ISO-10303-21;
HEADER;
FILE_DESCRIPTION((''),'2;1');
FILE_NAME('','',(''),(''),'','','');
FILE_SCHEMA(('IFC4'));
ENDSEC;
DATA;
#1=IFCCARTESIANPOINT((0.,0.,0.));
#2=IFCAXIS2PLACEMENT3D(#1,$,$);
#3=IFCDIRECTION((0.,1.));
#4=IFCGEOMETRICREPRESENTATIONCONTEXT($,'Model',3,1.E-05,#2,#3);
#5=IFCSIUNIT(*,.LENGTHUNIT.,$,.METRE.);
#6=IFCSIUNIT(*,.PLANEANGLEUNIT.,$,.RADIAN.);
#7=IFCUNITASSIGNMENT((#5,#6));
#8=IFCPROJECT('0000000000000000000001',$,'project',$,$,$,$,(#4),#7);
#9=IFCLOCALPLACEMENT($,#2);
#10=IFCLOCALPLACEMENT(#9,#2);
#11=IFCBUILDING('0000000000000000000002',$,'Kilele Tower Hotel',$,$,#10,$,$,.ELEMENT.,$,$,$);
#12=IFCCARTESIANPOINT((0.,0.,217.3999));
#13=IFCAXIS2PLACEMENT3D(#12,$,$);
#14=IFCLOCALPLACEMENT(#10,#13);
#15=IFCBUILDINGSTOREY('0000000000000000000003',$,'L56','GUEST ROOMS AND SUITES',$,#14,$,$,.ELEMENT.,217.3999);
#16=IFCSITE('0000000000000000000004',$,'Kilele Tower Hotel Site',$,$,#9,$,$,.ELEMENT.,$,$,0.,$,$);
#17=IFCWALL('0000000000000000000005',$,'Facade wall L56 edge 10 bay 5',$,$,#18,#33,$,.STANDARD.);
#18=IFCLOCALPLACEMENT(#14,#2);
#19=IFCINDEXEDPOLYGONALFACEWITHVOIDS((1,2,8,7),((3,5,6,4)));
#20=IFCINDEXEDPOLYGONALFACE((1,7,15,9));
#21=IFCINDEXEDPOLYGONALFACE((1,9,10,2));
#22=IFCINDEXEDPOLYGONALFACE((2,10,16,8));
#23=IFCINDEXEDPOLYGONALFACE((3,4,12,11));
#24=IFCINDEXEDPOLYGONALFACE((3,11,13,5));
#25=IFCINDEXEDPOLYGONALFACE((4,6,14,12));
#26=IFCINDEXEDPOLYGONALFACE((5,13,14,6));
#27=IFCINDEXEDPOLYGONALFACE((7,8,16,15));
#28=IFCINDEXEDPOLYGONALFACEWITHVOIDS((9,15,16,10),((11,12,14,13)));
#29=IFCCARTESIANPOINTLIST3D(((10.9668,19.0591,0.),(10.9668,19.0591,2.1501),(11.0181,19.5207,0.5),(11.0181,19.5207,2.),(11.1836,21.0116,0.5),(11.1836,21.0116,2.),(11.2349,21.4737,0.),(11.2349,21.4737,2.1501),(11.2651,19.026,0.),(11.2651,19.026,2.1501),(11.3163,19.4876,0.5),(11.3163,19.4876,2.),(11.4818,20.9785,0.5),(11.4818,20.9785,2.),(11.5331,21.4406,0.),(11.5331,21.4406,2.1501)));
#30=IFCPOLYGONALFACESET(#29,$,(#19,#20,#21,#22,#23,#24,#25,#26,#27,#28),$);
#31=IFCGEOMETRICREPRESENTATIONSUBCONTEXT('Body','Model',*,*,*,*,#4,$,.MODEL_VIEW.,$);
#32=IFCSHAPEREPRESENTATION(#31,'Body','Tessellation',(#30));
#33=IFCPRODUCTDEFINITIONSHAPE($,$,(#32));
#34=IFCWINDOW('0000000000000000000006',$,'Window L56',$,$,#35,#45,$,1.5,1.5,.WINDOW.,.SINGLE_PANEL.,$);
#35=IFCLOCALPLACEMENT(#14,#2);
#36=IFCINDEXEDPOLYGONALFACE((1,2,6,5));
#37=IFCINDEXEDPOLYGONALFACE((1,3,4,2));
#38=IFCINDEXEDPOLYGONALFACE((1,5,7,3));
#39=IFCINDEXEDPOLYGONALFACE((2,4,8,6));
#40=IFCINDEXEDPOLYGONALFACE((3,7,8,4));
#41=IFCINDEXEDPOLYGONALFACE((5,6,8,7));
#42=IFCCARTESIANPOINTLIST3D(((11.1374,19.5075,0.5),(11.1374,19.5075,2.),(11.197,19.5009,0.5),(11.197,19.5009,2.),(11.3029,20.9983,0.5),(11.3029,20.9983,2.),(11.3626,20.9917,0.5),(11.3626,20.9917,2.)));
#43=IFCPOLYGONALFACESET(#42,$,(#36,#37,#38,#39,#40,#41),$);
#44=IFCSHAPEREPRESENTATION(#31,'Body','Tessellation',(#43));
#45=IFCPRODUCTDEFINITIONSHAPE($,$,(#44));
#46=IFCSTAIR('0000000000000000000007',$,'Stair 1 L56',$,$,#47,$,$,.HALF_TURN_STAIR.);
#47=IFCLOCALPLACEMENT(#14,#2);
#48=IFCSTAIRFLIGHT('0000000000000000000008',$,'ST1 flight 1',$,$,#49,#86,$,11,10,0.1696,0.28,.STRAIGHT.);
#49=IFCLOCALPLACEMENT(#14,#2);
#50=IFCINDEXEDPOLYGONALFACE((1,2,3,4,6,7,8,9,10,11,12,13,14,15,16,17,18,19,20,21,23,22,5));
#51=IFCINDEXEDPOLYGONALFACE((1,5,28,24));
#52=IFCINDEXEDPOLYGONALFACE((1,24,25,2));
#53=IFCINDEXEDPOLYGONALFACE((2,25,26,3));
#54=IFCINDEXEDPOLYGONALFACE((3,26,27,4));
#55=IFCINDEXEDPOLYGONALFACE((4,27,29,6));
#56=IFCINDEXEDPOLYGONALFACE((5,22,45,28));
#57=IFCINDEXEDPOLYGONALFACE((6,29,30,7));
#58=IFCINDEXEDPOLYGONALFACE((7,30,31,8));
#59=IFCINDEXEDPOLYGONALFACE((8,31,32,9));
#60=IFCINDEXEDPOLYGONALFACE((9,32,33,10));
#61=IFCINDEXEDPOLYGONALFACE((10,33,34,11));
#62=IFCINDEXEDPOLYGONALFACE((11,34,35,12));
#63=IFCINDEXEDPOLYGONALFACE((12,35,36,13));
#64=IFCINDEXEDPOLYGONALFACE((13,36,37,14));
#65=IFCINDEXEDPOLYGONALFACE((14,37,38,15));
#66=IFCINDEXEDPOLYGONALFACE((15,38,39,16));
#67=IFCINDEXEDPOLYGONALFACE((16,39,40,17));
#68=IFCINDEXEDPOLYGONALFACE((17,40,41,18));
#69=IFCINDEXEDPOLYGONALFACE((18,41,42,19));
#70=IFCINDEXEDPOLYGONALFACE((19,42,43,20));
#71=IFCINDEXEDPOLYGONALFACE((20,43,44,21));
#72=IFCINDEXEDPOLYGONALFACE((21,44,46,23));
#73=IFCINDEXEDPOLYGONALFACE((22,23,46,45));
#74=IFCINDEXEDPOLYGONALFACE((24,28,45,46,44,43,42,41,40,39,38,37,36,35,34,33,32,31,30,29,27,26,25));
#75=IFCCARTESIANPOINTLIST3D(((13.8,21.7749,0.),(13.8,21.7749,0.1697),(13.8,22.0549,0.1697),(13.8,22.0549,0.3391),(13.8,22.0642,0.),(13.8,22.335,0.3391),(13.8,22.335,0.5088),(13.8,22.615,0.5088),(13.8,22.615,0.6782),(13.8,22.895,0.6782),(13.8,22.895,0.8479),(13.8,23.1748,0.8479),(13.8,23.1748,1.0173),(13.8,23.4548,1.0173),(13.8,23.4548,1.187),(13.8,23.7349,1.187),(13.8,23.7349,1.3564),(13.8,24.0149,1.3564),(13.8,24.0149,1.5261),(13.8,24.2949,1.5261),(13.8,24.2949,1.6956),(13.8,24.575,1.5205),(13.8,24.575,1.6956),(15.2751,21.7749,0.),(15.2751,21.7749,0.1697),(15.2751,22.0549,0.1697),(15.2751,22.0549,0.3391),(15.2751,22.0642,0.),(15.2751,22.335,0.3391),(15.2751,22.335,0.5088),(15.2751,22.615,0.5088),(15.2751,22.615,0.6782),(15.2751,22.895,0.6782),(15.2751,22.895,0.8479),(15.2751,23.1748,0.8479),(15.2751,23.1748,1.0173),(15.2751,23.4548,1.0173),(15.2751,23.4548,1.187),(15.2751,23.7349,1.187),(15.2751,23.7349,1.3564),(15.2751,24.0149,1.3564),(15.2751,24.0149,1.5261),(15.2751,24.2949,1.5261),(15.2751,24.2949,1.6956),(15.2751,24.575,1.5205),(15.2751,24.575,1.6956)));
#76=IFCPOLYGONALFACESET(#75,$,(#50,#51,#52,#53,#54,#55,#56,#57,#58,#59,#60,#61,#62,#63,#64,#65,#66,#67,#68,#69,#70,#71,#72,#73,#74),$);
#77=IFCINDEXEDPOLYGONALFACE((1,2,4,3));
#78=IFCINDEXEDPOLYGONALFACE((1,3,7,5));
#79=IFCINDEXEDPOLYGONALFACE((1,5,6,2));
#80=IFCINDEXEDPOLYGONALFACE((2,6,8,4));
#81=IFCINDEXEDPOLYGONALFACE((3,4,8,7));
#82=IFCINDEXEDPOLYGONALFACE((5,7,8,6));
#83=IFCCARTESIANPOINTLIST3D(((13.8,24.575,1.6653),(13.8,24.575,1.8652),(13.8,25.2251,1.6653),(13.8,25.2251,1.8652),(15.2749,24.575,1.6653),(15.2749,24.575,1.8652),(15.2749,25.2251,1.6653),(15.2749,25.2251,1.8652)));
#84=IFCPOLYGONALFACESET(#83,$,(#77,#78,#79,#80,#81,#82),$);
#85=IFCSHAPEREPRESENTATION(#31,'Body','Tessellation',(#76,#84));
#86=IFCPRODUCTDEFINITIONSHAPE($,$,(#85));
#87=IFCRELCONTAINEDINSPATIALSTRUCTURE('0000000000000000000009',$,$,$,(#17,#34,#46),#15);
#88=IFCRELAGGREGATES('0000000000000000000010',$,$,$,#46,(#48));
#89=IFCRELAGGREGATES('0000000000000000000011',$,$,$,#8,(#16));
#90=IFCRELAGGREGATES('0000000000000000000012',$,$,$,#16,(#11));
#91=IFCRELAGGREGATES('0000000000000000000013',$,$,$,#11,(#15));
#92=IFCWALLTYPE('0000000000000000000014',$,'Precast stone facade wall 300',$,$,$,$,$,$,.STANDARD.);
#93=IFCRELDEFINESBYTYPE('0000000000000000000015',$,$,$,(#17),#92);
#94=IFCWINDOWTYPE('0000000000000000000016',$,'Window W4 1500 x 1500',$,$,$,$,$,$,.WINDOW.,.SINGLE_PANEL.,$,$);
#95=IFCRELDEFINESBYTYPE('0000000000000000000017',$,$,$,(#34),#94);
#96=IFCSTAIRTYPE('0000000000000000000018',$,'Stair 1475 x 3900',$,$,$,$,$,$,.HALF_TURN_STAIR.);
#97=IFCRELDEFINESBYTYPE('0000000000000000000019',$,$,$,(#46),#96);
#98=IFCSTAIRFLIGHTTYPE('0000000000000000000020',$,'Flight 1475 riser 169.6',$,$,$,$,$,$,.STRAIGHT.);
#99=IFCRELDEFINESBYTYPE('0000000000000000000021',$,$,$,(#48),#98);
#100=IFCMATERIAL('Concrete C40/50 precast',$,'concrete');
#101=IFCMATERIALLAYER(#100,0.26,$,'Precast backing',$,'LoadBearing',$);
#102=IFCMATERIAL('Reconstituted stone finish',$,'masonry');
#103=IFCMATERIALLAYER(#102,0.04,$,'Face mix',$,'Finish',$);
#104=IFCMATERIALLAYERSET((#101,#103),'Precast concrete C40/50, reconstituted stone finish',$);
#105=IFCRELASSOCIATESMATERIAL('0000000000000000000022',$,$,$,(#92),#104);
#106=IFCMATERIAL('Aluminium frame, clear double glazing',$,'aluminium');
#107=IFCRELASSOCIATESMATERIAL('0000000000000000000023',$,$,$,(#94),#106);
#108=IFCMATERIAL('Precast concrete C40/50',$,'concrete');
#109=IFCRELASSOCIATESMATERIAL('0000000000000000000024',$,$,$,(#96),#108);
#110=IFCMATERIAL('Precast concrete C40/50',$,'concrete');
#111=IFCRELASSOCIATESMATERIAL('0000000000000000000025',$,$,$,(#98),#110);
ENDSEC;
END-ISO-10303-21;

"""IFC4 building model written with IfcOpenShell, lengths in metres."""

from ifc_helpers import new_model, si_unit, direction, frame, frame_2d, origin, place, context, subcontext, project, spatial, polyline, rectangle, outline, extrude, material, layer, layer_set, type_object, element, fill, aggregate, save


model = new_model("IFC4")

# Units and contexts
model_context = context("Model", 3, precision=1e-05, world=origin(), true_north=direction((0.0, 1.0)))
body_context = subcontext(model_context, "Body", "Model", "MODEL_VIEW")
ifc_project = project(units=[si_unit("LENGTHUNIT", "METRE"), si_unit("PLANEANGLEUNIT", "RADIAN")], contexts=[model_context])

# Site, building, storey
site_placement = place(None, origin())
site = spatial("IfcSite", under=ifc_project, at=site_placement, Name="Kilele Tower Hotel Site", CompositionType="ELEMENT", RefElevation=0.0)
building_placement = place(site_placement, origin())
building = spatial("IfcBuilding", under=site, at=building_placement, Name="Kilele Tower Hotel", CompositionType="ELEMENT")
storey_placement = place(building_placement, frame((0.0, 0.0, 217.3999)))
storey = spatial("IfcBuildingStorey", under=building, at=storey_placement, Name="L56", Description="GUEST ROOMS AND SUITES", CompositionType="ELEMENT", Elevation=217.3999)

# Wall, opening, window
ifc_material_1 = material(Name="Concrete C40/50 precast", Category="concrete")
ifc_layer_1 = layer(ifc_material_1, 0.26, Name="Precast backing", Category="LoadBearing")
ifc_material_2 = material(Name="Reconstituted stone finish", Category="masonry")
ifc_layer_2 = layer(ifc_material_2, 0.04, Name="Face mix", Category="Finish")
ifc_layer_set_1 = layer_set([ifc_layer_1, ifc_layer_2], Name="Precast concrete C40/50, reconstituted stone finish")
wall_type_1 = type_object("IfcWallType", Name="Precast stone facade wall 300", PredefinedType="STANDARD", material=ifc_layer_set_1)
ifc_material_3 = material(Name="Aluminium frame, clear double glazing", Category="aluminium")
window_type = type_object("IfcWindowType", Name="Window W4 1500 x 1500", PartitioningType="SINGLE_PANEL", PredefinedType="WINDOW", material=ifc_material_3)
wall_1_placement = place(storey_placement, frame((11.384, 21.4573, 0.0), z_axis=(0.0, 0.0, 1.0), x_axis=(-0.110343, -0.993894, 0.0)))
wall_1 = element("IfcWall", 1, at=wall_1_placement, inside=storey, type_object=wall_type_1, Name="Facade wall L56 edge 10 bay 5", PredefinedType="STANDARD", context=body_context, shape_type="SweptSolid", body=[
    extrude(rectangle(XDim=2.4294, YDim=0.3, at=frame_2d((1.2148, 0.0))), origin(), (0.0, 0.0, 1.0), 2.1501),
])
opening_1_placement = place(wall_1_placement, frame((0.4651, 0.0, 0.5)))
opening_1 = element("IfcOpeningElement", 2, at=opening_1_placement, cuts=wall_1, PredefinedType="OPENING", context=body_context, shape_type="SweptSolid", body=[
    extrude(rectangle(XDim=1.5, YDim=1.5, at=frame_2d((0.75, 0.75))), frame((0.0, 0.1599, 0.0), z_axis=(0.0, -1.0, 0.0), x_axis=(1.0, 0.0, 0.0)), (0.0, 0.0, 1.0), 0.3201),
])
window_1_placement = place(opening_1_placement, origin())
window_1 = element("IfcWindow", 3, at=window_1_placement, inside=storey, type_object=window_type, Name="Window L56", OverallHeight=1.5, OverallWidth=1.5, PartitioningType="SINGLE_PANEL", PredefinedType="WINDOW", context=body_context, shape_type="SweptSolid", body=[
    extrude(rectangle(XDim=1.5, YDim=1.5, at=frame_2d((0.75, 0.75))), frame((0.0, 0.03, 0.0), z_axis=(0.0, -1.0, 0.0), x_axis=(1.0, 0.0, 0.0)), (0.0, 0.0, 1.0), 0.0601),
])
fill(opening_1, window_1)

# Stair, stair flight
ifc_material_4 = material(Name="Precast concrete C40/50", Category="concrete")
stair_type = type_object("IfcStairType", Name="Stair 1475 x 3900", PredefinedType="HALF_TURN_STAIR", material=ifc_material_4)
stair_placement = place(storey_placement, origin())
stair = element("IfcStair", 4, at=stair_placement, inside=storey, type_object=stair_type, Name="Stair 1 L56", PredefinedType="HALF_TURN_STAIR")
ifc_material_5 = material(Name="Precast concrete C40/50", Category="concrete")
stair_flight_type = type_object("IfcStairFlightType", Name="Flight 1475 riser 169.6", PredefinedType="STRAIGHT", material=ifc_material_5)
stair_flight_placement = place(storey_placement, frame((14.5376, 21.7749, 0.0), z_axis=(0.0, 0.0, 1.0), x_axis=(0.0, 1.0, 0.0)))
stair_flight = element("IfcStairFlight", 5, at=stair_flight_placement, type_object=stair_flight_type, Name="ST1 flight 1", NumberOfRisers=11, NumberOfTreads=10, PredefinedType="STRAIGHT", RiserHeight=0.1696, TreadLength=0.28, context=body_context, shape_type="SweptSolid", body=[
    extrude(outline(polyline([(0.0, 0.0), (0.0, 0.1697), (0.28, 0.1697), (0.28, 0.3391), (0.5601, 0.3391), (0.5601, 0.5088), (0.8401, 0.5088), (0.8401, 0.6782), (1.1201, 0.6782), (1.1201, 0.8479), (1.3999, 0.8479), (1.3999, 1.0173), (1.6799, 1.0173), (1.6799, 1.187), (1.96, 1.187), (1.96, 1.3564), (2.24, 1.3564), (2.24, 1.5261), (2.52, 1.5261), (2.52, 1.6956), (2.8, 1.6956), (2.8, 1.8652), (2.8, 1.5205), (0.2893, 0.0), (0.0, 0.0)])), frame((0.0, 0.7375, 0.0), z_axis=(0.0, -1.0, 0.0), x_axis=(1.0, 0.0, 0.0)), (0.0, 0.0, 1.0), 1.4751),
    extrude(outline(polyline([(2.8, 0.7375), (2.8, -0.7373), (3.4502, -0.7373), (3.4502, 0.7375), (2.8, 0.7375)])), frame((0.0, 0.0, 1.6653)), (0.0, 0.0, 1.0), 0.2),
])
aggregate(stair, [stair_flight])

save(model, "model.ifc")
